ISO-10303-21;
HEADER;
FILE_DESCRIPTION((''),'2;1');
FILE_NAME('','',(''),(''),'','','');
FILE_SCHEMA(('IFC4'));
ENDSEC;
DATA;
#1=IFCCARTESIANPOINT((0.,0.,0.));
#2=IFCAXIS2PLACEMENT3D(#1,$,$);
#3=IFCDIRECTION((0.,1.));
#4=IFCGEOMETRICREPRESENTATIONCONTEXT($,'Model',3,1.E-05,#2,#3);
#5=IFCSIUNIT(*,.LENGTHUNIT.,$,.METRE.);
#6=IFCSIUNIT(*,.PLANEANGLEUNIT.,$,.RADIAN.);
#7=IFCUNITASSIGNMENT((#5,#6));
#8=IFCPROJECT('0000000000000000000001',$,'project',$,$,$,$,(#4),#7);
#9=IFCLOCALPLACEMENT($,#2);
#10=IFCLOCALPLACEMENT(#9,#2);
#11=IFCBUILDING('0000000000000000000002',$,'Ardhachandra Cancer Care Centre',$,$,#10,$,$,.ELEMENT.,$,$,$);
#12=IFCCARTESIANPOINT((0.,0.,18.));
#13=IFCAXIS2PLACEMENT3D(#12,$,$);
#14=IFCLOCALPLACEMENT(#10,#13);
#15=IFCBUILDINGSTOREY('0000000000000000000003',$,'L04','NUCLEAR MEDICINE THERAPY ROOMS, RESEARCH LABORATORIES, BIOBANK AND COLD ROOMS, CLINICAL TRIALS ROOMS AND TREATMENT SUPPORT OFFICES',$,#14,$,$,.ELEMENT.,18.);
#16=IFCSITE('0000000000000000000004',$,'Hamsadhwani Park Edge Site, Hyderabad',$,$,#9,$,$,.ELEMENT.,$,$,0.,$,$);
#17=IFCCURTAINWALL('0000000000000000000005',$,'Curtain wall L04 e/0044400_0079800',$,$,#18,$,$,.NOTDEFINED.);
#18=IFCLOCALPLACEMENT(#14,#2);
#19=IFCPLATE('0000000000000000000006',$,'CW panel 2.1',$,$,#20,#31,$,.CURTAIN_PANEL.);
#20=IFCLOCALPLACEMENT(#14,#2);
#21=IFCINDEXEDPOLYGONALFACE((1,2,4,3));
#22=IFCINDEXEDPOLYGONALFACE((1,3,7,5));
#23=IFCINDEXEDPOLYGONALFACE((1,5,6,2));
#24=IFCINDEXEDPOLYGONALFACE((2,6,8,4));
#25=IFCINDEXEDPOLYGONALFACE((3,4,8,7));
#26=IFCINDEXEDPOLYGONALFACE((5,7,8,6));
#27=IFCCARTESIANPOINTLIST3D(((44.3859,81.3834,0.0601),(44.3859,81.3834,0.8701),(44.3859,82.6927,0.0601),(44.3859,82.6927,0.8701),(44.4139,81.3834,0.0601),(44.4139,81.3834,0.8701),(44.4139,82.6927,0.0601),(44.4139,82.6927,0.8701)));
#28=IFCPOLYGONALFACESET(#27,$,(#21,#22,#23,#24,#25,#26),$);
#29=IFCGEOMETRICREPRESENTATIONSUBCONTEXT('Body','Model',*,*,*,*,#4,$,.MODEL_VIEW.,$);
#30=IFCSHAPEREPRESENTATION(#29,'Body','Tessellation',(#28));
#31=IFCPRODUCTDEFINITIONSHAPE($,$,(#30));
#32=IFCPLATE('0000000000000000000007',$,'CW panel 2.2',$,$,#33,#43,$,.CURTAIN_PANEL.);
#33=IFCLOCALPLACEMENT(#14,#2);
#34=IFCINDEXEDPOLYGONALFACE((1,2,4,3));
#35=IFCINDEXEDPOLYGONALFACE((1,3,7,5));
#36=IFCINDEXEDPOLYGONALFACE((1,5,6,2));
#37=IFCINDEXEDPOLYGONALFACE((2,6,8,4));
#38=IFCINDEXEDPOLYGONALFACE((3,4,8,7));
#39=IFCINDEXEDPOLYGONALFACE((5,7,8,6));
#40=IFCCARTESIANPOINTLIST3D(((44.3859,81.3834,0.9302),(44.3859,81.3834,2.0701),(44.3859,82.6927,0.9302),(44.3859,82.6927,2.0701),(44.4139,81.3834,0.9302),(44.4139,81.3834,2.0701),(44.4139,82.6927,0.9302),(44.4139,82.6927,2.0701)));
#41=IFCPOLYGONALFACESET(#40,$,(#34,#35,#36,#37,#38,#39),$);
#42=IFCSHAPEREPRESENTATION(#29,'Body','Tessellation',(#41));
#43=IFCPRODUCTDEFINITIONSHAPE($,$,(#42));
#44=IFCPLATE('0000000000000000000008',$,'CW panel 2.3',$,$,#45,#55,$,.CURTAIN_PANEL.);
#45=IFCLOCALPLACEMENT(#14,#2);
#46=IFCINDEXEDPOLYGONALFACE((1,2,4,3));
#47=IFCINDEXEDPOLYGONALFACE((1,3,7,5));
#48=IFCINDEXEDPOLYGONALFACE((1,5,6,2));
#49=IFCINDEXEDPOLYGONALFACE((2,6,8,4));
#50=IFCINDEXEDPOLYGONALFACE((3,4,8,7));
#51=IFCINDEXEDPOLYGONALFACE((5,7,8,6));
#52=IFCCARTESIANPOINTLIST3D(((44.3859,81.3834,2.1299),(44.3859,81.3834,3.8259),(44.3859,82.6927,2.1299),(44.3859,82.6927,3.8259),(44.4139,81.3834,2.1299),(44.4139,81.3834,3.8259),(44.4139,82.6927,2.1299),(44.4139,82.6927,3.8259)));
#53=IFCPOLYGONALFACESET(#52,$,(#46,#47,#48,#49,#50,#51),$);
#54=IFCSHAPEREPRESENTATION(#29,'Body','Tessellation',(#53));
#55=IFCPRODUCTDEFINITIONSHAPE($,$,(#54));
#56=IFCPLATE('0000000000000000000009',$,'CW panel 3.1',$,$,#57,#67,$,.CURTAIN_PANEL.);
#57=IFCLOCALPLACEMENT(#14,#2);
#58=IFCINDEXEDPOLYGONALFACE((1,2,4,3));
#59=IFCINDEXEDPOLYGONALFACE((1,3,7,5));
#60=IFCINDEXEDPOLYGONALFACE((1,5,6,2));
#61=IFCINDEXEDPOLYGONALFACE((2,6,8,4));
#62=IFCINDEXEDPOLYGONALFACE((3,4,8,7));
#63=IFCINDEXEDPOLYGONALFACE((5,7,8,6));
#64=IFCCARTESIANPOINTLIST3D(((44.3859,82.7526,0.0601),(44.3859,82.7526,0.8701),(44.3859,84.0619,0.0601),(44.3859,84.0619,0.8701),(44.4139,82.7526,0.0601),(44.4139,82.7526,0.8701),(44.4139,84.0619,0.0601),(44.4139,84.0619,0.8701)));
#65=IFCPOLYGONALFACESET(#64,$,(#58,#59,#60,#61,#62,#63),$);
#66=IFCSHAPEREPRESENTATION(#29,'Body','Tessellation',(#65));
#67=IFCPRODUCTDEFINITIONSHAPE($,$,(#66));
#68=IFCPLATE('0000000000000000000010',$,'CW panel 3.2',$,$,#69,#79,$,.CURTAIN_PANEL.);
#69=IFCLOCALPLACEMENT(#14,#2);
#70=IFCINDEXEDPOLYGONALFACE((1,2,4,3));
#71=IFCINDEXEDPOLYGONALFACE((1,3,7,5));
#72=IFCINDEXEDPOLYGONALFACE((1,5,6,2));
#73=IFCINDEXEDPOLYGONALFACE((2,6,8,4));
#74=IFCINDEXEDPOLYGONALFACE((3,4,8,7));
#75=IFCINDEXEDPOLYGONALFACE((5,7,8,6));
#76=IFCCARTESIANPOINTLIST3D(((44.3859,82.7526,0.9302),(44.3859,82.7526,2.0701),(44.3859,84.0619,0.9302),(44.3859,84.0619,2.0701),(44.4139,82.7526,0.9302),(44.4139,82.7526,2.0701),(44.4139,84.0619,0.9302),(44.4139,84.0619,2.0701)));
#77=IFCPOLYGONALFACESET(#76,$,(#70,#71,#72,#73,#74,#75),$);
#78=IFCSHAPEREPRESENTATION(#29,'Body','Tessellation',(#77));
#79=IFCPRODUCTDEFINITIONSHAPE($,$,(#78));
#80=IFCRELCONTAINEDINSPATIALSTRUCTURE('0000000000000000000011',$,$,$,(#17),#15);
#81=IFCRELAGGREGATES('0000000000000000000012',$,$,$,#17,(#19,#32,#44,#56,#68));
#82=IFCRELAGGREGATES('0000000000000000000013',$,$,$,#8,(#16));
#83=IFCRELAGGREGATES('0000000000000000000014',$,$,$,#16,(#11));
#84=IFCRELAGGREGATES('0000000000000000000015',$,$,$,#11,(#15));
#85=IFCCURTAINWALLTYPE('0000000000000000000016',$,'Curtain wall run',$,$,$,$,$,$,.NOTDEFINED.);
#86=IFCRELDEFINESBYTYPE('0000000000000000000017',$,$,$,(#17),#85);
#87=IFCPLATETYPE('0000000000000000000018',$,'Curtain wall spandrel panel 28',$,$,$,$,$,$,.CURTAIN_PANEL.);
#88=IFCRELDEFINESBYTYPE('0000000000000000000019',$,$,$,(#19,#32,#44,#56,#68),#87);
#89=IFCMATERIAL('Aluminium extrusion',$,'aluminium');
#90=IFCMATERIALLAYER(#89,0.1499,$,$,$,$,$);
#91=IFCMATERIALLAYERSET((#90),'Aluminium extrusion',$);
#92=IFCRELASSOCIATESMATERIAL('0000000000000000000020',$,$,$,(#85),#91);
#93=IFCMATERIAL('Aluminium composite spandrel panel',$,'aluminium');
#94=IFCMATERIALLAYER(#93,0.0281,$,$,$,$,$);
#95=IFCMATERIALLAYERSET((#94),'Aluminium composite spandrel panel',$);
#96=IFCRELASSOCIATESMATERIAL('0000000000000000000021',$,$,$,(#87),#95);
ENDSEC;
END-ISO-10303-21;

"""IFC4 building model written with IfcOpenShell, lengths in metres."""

from ifc_helpers import new_model, si_unit, direction, frame, origin, origin_2d, place, context, subcontext, project, spatial, rectangle, extrude, material, layer, layer_set, type_object, element, aggregate, save


model = new_model("IFC4")

# Units and contexts
model_context = context("Model", 3, precision=1e-05, world=origin(), true_north=direction((0.0, 1.0)))
body_context = subcontext(model_context, "Body", "Model", "MODEL_VIEW")
ifc_project = project(units=[si_unit("LENGTHUNIT", "METRE"), si_unit("PLANEANGLEUNIT", "RADIAN")], contexts=[model_context])

# Site, building, storey
site_placement = place(None, origin())
site = spatial("IfcSite", under=ifc_project, at=site_placement, Name="Hamsadhwani Park Edge Site, Hyderabad", CompositionType="ELEMENT", RefElevation=0.0)
building_placement = place(site_placement, origin())
building = spatial("IfcBuilding", under=site, at=building_placement, Name="Ardhachandra Cancer Care Centre", CompositionType="ELEMENT")
storey_placement = place(building_placement, frame((0.0, 0.0, 18.0)))
storey = spatial("IfcBuildingStorey", under=building, at=storey_placement, Name="L04", Description="NUCLEAR MEDICINE THERAPY ROOMS, RESEARCH LABORATORIES, BIOBANK AND COLD ROOMS, CLINICAL TRIALS ROOMS AND TREATMENT SUPPORT OFFICES", CompositionType="ELEMENT", Elevation=18.0)

# Curtain wall, plates
ifc_material_1 = material(Name="Aluminium extrusion", Category="aluminium")
ifc_layer_1 = layer(ifc_material_1, 0.1499)
ifc_layer_set_1 = layer_set([ifc_layer_1], Name="Aluminium extrusion")
curtain_wall_type = type_object("IfcCurtainWallType", Name="Curtain wall run", PredefinedType="NOTDEFINED", material=ifc_layer_set_1)
curtain_wall_placement = place(storey_placement, origin())
curtain_wall = element("IfcCurtainWall", 1, at=curtain_wall_placement, inside=storey, type_object=curtain_wall_type, Name="Curtain wall L04 e/0044400_0079800", PredefinedType="NOTDEFINED")
ifc_material_2 = material(Name="Aluminium composite spandrel panel", Category="aluminium")
ifc_layer_2 = layer(ifc_material_2, 0.0281)
ifc_layer_set_2 = layer_set([ifc_layer_2], Name="Aluminium composite spandrel panel")
plate_type = type_object("IfcPlateType", Name="Curtain wall spandrel panel 28", PredefinedType="CURTAIN_PANEL", material=ifc_layer_set_2)
plate_1_placement = place(storey_placement, frame((44.3999, 82.0381, 0.0601), z_axis=(0.0, 0.0, 1.0), x_axis=(0.0, 1.0, 0.0)))
plate_1 = element("IfcPlate", 2, at=plate_1_placement, type_object=plate_type, Name="CW panel 2.1", PredefinedType="CURTAIN_PANEL", context=body_context, shape_type="SweptSolid", body=[
    extrude(rectangle(XDim=1.3093, YDim=0.0281, at=origin_2d()), origin(), (0.0, 0.0, 1.0), 0.8101),
])
plate_2_placement = place(storey_placement, frame((44.3999, 82.0381, 0.9302), z_axis=(0.0, 0.0, 1.0), x_axis=(0.0, 1.0, 0.0)))
plate_2 = element("IfcPlate", 3, at=plate_2_placement, type_object=plate_type, Name="CW panel 2.2", PredefinedType="CURTAIN_PANEL", context=body_context, shape_type="SweptSolid", body=[
    extrude(rectangle(XDim=1.3093, YDim=0.0281, at=origin_2d()), origin(), (0.0, 0.0, 1.0), 1.1399),
])
plate_3_placement = place(storey_placement, frame((44.3999, 82.0381, 2.1299), z_axis=(0.0, 0.0, 1.0), x_axis=(0.0, 1.0, 0.0)))
plate_3 = element("IfcPlate", 4, at=plate_3_placement, type_object=plate_type, Name="CW panel 2.3", PredefinedType="CURTAIN_PANEL", context=body_context, shape_type="SweptSolid", body=[
    extrude(rectangle(XDim=1.3093, YDim=0.0281, at=origin_2d()), origin(), (0.0, 0.0, 1.0), 1.696),
])
plate_4_placement = place(storey_placement, frame((44.3999, 83.4072, 0.0601), z_axis=(0.0, 0.0, 1.0), x_axis=(0.0, 1.0, 0.0)))
plate_4 = element("IfcPlate", 5, at=plate_4_placement, type_object=plate_type, Name="CW panel 3.1", PredefinedType="CURTAIN_PANEL", context=body_context, shape_type="SweptSolid", body=[
    extrude(rectangle(XDim=1.3093, YDim=0.0281, at=origin_2d()), origin(), (0.0, 0.0, 1.0), 0.8101),
])
plate_5_placement = place(storey_placement, frame((44.3999, 83.4072, 0.9302), z_axis=(0.0, 0.0, 1.0), x_axis=(0.0, 1.0, 0.0)))
plate_5 = element("IfcPlate", 6, at=plate_5_placement, type_object=plate_type, Name="CW panel 3.2", PredefinedType="CURTAIN_PANEL", context=body_context, shape_type="SweptSolid", body=[
    extrude(rectangle(XDim=1.3093, YDim=0.0281, at=origin_2d()), origin(), (0.0, 0.0, 1.0), 1.1399),
])
aggregate(curtain_wall, [plate_1, plate_2, plate_3, plate_4, plate_5])

save(model, "model.ifc")
